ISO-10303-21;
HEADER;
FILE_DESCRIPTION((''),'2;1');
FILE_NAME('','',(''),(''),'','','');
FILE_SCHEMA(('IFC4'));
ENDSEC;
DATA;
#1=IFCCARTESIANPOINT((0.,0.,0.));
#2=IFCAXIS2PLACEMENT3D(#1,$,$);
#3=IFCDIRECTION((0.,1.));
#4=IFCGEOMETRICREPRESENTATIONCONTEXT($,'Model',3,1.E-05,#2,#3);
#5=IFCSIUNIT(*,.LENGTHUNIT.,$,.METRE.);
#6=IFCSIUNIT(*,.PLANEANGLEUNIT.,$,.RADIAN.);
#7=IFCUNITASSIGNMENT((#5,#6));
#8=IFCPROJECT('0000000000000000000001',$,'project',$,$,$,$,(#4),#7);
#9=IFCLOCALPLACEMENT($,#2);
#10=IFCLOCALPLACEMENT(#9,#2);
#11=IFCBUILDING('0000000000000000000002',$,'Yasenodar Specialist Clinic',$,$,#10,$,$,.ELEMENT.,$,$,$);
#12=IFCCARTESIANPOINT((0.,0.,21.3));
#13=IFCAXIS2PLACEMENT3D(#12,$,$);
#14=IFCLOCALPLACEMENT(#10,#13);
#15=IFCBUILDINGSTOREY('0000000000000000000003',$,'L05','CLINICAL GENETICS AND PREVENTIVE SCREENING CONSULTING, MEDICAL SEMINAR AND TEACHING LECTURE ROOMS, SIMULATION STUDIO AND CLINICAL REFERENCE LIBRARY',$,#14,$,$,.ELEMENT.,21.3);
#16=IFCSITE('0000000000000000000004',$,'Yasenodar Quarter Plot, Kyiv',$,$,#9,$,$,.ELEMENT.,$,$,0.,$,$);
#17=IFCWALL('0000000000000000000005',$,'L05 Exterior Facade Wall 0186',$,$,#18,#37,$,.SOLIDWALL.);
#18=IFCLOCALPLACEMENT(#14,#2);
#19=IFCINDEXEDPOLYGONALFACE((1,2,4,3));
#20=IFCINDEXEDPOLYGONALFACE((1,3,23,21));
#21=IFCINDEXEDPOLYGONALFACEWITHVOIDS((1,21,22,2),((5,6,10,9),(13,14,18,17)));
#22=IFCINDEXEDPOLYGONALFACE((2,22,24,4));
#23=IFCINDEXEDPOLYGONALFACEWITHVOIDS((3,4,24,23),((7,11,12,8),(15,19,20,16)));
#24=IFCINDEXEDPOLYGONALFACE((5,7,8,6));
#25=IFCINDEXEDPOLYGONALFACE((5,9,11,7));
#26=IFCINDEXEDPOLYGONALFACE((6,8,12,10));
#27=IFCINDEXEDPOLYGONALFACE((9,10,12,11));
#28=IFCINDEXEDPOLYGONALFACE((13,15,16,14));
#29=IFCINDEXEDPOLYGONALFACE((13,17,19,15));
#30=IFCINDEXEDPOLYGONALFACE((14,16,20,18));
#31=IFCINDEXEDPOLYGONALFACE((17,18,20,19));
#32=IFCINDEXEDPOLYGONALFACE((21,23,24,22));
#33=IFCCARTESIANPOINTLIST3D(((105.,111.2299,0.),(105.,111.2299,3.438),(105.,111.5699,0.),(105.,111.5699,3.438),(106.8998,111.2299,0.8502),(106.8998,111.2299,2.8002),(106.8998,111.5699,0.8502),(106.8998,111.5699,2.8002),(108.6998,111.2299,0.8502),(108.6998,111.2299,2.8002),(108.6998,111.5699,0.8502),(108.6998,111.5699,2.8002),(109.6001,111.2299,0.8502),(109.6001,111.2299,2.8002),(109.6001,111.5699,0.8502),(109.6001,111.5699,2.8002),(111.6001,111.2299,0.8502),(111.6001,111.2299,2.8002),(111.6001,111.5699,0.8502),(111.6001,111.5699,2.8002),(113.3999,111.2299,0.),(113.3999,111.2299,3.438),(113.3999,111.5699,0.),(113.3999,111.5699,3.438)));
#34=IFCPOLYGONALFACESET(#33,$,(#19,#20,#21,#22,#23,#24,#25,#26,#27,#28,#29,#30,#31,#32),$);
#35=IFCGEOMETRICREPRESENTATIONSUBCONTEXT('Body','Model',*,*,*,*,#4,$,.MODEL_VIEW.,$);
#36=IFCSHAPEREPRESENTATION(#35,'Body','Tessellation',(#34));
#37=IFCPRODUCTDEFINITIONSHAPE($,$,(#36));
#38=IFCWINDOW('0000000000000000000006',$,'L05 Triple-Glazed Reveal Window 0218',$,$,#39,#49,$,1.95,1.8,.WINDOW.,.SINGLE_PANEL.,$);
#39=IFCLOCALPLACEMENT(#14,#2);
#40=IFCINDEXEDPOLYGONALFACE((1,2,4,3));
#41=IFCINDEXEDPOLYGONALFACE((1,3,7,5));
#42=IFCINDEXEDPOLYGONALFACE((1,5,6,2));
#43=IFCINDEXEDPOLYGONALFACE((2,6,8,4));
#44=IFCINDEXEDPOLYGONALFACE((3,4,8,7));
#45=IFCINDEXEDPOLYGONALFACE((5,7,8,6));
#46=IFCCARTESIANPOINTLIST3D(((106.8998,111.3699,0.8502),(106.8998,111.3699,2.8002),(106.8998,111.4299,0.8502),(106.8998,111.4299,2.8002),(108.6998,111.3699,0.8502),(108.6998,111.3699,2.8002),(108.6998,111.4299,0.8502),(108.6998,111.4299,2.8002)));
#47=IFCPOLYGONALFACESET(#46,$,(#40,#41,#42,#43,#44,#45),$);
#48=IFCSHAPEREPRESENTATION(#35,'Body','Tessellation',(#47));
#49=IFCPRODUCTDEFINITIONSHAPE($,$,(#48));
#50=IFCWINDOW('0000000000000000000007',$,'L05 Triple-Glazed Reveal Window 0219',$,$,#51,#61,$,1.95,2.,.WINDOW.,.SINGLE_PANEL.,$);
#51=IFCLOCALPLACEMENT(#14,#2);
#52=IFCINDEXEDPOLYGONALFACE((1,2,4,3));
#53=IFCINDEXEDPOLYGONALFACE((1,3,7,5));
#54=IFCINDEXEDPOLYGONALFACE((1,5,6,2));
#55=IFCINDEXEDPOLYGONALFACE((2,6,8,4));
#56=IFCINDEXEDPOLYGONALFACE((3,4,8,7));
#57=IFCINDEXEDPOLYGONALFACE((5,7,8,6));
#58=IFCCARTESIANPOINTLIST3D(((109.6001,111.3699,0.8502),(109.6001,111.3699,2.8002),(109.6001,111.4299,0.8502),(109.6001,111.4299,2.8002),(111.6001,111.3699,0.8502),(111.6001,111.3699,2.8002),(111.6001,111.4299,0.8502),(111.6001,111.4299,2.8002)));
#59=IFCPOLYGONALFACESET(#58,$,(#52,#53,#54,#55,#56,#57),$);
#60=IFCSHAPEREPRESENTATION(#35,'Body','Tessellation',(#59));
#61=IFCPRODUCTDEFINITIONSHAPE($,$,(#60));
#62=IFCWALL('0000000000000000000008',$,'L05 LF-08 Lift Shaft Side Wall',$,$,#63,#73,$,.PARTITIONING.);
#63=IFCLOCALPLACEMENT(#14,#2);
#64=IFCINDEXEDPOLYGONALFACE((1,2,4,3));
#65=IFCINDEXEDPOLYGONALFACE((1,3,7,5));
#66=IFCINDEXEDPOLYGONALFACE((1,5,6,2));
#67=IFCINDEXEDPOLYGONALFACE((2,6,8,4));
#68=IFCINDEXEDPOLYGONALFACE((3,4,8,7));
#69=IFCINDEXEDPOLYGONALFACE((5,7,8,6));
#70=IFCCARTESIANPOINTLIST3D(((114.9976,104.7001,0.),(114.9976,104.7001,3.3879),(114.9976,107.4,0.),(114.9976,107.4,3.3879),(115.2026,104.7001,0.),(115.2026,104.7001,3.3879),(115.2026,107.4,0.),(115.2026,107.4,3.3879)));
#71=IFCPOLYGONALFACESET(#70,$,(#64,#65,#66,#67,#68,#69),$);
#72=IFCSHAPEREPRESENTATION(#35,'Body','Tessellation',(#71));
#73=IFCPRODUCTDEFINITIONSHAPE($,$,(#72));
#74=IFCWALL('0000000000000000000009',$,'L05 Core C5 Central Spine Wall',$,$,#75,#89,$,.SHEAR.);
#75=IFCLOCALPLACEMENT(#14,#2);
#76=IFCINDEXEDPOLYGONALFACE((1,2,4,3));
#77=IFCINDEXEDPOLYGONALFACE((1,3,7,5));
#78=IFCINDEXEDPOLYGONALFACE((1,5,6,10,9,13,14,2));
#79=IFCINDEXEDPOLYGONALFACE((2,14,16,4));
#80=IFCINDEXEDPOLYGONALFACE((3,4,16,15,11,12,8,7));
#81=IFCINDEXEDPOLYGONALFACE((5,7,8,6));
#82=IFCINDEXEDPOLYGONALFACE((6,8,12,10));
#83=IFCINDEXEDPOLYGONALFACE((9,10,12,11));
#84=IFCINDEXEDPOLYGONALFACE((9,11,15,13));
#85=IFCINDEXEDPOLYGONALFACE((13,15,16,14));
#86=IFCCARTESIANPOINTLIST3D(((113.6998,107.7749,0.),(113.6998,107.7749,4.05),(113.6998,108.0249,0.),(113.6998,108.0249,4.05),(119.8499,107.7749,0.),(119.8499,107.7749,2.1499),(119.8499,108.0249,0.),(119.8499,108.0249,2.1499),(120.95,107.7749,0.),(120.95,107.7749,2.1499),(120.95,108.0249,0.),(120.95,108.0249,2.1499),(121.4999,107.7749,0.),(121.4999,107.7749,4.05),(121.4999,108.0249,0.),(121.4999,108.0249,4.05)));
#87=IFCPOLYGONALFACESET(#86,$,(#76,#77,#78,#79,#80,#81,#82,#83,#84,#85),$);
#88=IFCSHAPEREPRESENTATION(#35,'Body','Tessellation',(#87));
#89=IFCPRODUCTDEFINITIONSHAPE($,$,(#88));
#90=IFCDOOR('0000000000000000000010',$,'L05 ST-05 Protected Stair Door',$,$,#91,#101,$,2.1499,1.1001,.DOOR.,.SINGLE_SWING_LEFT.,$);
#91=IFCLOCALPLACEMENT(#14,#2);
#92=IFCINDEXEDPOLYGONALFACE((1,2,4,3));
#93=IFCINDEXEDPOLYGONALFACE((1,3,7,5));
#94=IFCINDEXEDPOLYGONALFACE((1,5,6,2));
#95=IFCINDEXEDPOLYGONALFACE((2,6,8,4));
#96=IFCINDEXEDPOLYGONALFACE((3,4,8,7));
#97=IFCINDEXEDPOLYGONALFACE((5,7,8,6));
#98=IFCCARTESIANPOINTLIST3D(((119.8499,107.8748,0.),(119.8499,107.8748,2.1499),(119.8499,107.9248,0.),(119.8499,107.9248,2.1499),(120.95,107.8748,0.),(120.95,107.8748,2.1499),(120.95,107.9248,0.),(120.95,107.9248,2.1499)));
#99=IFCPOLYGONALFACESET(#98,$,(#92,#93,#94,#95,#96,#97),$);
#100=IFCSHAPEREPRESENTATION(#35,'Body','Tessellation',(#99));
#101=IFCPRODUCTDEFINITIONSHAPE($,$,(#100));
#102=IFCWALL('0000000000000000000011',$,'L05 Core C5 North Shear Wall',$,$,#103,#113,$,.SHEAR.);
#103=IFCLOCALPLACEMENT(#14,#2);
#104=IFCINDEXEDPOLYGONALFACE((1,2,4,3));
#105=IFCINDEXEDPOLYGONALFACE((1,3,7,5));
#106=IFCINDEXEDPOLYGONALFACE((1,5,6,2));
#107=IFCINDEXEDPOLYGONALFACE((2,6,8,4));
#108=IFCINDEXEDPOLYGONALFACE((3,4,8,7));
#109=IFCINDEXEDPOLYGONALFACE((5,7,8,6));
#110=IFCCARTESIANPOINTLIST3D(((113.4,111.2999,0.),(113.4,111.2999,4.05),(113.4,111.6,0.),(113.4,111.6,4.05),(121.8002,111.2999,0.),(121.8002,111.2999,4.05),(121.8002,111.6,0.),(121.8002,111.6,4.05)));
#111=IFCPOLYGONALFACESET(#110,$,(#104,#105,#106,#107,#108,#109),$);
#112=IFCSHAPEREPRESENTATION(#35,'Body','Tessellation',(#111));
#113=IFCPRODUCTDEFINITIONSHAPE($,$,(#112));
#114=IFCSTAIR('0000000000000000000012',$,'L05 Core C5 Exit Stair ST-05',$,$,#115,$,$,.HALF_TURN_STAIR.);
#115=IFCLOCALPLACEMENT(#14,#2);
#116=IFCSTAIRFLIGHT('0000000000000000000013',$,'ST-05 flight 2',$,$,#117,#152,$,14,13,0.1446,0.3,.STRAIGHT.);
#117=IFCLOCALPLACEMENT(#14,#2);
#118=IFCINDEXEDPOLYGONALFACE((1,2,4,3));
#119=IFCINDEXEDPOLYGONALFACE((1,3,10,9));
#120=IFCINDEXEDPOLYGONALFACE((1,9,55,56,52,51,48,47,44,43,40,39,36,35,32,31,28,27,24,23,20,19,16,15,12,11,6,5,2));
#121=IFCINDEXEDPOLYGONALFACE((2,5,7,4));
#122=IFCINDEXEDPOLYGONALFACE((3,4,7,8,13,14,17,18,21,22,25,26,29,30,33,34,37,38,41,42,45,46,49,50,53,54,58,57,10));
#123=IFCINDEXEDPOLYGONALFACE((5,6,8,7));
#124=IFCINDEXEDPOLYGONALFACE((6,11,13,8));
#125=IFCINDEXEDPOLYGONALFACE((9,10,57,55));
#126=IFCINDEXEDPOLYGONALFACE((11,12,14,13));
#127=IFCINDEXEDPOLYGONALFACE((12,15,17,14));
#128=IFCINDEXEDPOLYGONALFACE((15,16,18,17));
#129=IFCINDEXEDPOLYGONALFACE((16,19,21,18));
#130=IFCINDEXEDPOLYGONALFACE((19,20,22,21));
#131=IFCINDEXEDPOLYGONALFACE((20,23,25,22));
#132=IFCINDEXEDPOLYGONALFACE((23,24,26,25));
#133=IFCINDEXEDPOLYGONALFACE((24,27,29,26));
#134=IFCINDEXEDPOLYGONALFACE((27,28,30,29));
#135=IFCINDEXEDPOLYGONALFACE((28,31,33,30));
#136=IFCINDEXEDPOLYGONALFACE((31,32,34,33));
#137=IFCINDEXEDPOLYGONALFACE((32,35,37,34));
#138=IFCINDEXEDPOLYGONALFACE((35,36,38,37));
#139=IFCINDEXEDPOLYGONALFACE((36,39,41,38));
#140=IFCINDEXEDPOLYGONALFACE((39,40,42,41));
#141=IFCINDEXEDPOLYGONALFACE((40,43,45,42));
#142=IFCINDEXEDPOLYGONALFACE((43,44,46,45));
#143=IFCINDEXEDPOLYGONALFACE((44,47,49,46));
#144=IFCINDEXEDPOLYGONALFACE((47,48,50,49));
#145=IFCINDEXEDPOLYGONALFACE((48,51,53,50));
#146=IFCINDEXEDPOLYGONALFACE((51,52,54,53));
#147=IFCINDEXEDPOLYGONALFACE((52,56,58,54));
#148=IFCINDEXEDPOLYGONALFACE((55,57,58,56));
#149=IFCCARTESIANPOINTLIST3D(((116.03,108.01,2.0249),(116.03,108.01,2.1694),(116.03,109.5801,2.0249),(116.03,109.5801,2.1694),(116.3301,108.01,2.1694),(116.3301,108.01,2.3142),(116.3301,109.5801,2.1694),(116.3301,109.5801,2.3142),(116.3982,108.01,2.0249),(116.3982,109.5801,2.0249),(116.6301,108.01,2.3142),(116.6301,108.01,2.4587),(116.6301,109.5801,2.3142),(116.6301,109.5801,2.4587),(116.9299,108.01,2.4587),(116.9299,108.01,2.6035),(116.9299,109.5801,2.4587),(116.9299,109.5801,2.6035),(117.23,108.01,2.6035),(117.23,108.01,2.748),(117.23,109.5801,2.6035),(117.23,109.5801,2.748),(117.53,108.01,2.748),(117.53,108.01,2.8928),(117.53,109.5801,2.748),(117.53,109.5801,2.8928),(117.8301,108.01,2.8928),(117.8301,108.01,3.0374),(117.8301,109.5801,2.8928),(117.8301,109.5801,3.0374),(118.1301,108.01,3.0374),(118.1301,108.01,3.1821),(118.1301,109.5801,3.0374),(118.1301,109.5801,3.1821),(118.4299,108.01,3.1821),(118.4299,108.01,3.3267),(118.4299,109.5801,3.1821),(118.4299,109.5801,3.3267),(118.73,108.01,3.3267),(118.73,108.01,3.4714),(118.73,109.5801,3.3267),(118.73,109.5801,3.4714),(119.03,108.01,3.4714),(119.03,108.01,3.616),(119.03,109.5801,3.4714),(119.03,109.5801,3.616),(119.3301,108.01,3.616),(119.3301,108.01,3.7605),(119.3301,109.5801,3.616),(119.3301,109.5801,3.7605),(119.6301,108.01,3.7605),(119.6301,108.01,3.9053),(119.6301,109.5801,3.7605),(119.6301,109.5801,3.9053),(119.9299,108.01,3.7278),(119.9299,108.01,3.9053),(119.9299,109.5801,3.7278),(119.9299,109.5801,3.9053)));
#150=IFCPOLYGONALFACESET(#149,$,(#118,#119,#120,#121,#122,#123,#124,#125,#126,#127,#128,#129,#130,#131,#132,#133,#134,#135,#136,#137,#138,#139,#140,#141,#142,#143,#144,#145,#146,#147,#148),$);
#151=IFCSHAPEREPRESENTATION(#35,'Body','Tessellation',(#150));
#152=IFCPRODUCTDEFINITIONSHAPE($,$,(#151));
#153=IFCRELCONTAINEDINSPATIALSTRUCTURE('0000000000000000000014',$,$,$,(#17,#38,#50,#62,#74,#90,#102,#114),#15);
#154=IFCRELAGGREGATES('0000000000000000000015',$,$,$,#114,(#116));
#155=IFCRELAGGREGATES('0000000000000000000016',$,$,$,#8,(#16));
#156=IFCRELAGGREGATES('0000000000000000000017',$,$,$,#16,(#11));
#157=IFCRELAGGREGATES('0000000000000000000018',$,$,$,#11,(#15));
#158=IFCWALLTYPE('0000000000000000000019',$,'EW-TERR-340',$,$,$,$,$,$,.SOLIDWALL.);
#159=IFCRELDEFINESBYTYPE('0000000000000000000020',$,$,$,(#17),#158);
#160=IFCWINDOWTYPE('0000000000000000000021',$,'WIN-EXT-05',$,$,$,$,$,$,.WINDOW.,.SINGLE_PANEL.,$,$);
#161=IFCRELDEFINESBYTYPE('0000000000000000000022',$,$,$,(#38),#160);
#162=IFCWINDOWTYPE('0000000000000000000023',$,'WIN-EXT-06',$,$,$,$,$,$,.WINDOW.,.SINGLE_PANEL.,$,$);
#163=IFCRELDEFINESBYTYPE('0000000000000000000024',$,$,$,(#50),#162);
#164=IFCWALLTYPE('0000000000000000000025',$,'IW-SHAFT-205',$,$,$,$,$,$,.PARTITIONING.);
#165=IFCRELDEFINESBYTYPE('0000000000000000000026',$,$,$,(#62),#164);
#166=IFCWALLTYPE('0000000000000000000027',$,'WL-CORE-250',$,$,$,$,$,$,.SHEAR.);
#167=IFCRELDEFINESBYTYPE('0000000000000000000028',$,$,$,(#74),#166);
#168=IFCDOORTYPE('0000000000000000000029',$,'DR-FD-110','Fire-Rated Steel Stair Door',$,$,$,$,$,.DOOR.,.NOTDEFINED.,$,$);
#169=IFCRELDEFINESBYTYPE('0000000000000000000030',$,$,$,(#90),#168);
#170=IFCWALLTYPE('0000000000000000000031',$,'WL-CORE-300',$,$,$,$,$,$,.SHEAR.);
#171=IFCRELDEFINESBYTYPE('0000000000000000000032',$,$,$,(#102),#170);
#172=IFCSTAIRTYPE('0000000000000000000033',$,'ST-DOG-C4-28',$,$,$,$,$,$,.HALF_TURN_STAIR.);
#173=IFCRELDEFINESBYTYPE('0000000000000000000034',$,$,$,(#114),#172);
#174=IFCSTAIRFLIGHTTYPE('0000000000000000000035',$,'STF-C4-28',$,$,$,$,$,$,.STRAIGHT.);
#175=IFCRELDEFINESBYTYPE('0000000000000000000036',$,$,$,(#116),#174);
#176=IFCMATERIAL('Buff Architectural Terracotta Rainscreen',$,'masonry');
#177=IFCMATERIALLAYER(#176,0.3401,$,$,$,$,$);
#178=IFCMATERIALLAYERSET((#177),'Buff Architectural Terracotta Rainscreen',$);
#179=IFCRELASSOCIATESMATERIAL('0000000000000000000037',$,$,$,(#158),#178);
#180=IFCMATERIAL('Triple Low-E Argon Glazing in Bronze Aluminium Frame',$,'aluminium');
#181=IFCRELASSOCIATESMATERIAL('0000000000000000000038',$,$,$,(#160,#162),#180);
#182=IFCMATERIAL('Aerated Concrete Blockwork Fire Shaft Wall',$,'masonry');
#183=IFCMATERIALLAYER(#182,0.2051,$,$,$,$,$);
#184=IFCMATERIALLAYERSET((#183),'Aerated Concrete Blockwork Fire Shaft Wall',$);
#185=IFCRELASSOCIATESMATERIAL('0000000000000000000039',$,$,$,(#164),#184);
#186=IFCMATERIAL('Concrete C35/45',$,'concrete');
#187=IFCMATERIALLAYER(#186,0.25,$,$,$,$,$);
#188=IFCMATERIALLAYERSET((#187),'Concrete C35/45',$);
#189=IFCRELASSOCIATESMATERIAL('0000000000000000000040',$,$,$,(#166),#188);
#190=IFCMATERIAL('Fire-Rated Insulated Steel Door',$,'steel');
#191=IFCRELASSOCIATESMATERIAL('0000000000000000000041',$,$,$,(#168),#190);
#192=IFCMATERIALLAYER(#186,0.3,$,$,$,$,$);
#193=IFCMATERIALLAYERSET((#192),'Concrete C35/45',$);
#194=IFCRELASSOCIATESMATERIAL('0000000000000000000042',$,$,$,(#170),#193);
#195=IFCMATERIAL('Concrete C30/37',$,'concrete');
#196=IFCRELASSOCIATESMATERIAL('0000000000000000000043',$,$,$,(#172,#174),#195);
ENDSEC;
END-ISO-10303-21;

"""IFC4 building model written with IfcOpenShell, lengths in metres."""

from ifc_helpers import new_model, si_unit, direction, frame, frame_2d, origin, place, context, subcontext, project, spatial, polyline, rectangle, outline, extrude, material, layer, layer_set, type_object, element, fill, aggregate, save


model = new_model("IFC4")

# Units and contexts
model_context = context("Model", 3, precision=1e-05, world=origin(), true_north=direction((0.0, 1.0)))
body_context = subcontext(model_context, "Body", "Model", "MODEL_VIEW")
ifc_project = project(units=[si_unit("LENGTHUNIT", "METRE"), si_unit("PLANEANGLEUNIT", "RADIAN")], contexts=[model_context])

# Site, building, storey
site_placement = place(None, origin())
site = spatial("IfcSite", under=ifc_project, at=site_placement, Name="Yasenodar Quarter Plot, Kyiv", CompositionType="ELEMENT", RefElevation=0.0)
building_placement = place(site_placement, origin())
building = spatial("IfcBuilding", under=site, at=building_placement, Name="Yasenodar Specialist Clinic", CompositionType="ELEMENT")
storey_placement = place(building_placement, frame((0.0, 0.0, 21.3)))
storey = spatial("IfcBuildingStorey", under=building, at=storey_placement, Name="L05", Description="CLINICAL GENETICS AND PREVENTIVE SCREENING CONSULTING, MEDICAL SEMINAR AND TEACHING LECTURE ROOMS, SIMULATION STUDIO AND CLINICAL REFERENCE LIBRARY", CompositionType="ELEMENT", Elevation=21.3)

# Wall, openings, windows
ifc_material_1 = material(Name="Buff Architectural Terracotta Rainscreen", Category="masonry")
ifc_layer_1 = layer(ifc_material_1, 0.3401)
ifc_layer_set_1 = layer_set([ifc_layer_1], Name="Buff Architectural Terracotta Rainscreen")
wall_type_1 = type_object("IfcWallType", Name="EW-TERR-340", PredefinedType="SOLIDWALL", material=ifc_layer_set_1)
wall_1_placement = place(storey_placement, frame((105.0, 111.3999, 0.0), z_axis=(0.0, 0.0, 1.0), x_axis=(1.0, 0.0, 0.0)))
wall_1 = element("IfcWall", 1, at=wall_1_placement, inside=storey, type_object=wall_type_1, Name="L05 Exterior Facade Wall 0186", PredefinedType="SOLIDWALL", context=body_context, shape_type="SweptSolid", body=[
    extrude(rectangle(XDim=8.3999, YDim=0.3401, at=frame_2d((4.2, 0.0))), origin(), (0.0, 0.0, 1.0), 3.438),
])
opening_1_placement = place(wall_1_placement, frame((1.8999, 0.0, 0.8501)))
opening_1 = element("IfcOpeningElement", 2, at=opening_1_placement, cuts=wall_1, PredefinedType="OPENING", context=body_context, shape_type="SweptSolid", body=[
    extrude(rectangle(XDim=1.8, YDim=1.95, at=frame_2d((0.8999, 0.9751))), frame((0.0, 0.1802, 0.0), z_axis=(0.0, -1.0, 0.0), x_axis=(1.0, 0.0, 0.0)), (0.0, 0.0, 1.0), 0.3601),
])
opening_2_placement = place(wall_1_placement, frame((4.6001, 0.0, 0.8501)))
opening_2 = element("IfcOpeningElement", 3, at=opening_2_placement, cuts=wall_1, PredefinedType="OPENING", context=body_context, shape_type="SweptSolid", body=[
    extrude(rectangle(XDim=2.0, YDim=1.95, at=frame_2d((1.0, 0.9751))), frame((0.0, 0.1802, 0.0), z_axis=(0.0, -1.0, 0.0), x_axis=(1.0, 0.0, 0.0)), (0.0, 0.0, 1.0), 0.3601),
])
ifc_material_2 = material(Name="Triple Low-E Argon Glazing in Bronze Aluminium Frame", Category="aluminium")
window_type_1 = type_object("IfcWindowType", Name="WIN-EXT-05", PartitioningType="SINGLE_PANEL", PredefinedType="WINDOW", material=ifc_material_2)
window_1_placement = place(opening_1_placement, origin())
window_1 = element("IfcWindow", 4, at=window_1_placement, inside=storey, type_object=window_type_1, Name="L05 Triple-Glazed Reveal Window 0218", OverallHeight=1.95, OverallWidth=1.8, PartitioningType="SINGLE_PANEL", PredefinedType="WINDOW", context=body_context, shape_type="SweptSolid", body=[
    extrude(rectangle(XDim=1.8, YDim=1.95, at=frame_2d((0.8999, 0.9751))), frame((0.0, 0.03, 0.0), z_axis=(0.0, -1.0, 0.0), x_axis=(1.0, 0.0, 0.0)), (0.0, 0.0, 1.0), 0.0601),
])
fill(opening_1, window_1)
window_type_2 = type_object("IfcWindowType", Name="WIN-EXT-06", PartitioningType="SINGLE_PANEL", PredefinedType="WINDOW", material=ifc_material_2)
window_2_placement = place(opening_2_placement, origin())
window_2 = element("IfcWindow", 5, at=window_2_placement, inside=storey, type_object=window_type_2, Name="L05 Triple-Glazed Reveal Window 0219", OverallHeight=1.95, OverallWidth=2.0, PartitioningType="SINGLE_PANEL", PredefinedType="WINDOW", context=body_context, shape_type="SweptSolid", body=[
    extrude(rectangle(XDim=2.0, YDim=1.95, at=frame_2d((1.0, 0.9751))), frame((0.0, 0.03, 0.0), z_axis=(0.0, -1.0, 0.0), x_axis=(1.0, 0.0, 0.0)), (0.0, 0.0, 1.0), 0.0601),
])
fill(opening_2, window_2)

# Wall
ifc_material_3 = material(Name="Aerated Concrete Blockwork Fire Shaft Wall", Category="masonry")
ifc_layer_2 = layer(ifc_material_3, 0.2051)
ifc_layer_set_2 = layer_set([ifc_layer_2], Name="Aerated Concrete Blockwork Fire Shaft Wall")
wall_type_2 = type_object("IfcWallType", Name="IW-SHAFT-205", PredefinedType="PARTITIONING", material=ifc_layer_set_2)
wall_2_placement = place(storey_placement, frame((115.1001, 104.7, 0.0), z_axis=(0.0, 0.0, 1.0), x_axis=(0.0, 1.0, 0.0)))
element("IfcWall", 6, at=wall_2_placement, inside=storey, type_object=wall_type_2, Name="L05 LF-08 Lift Shaft Side Wall", PredefinedType="PARTITIONING", context=body_context, shape_type="SweptSolid", body=[
    extrude(rectangle(XDim=2.7, YDim=0.2051, at=frame_2d((1.3501, 0.0))), origin(), (0.0, 0.0, 1.0), 3.3879),
])

# Wall, opening, door
ifc_material_4 = material(Name="Concrete C35/45", Category="concrete")
ifc_layer_3 = layer(ifc_material_4, 0.25)
ifc_layer_set_3 = layer_set([ifc_layer_3], Name="Concrete C35/45")
wall_type_3 = type_object("IfcWallType", Name="WL-CORE-250", PredefinedType="SHEAR", material=ifc_layer_set_3)
wall_3_placement = place(storey_placement, frame((113.7, 107.8999, 0.0), z_axis=(0.0, 0.0, 1.0), x_axis=(1.0, 0.0, 0.0)))
wall_3 = element("IfcWall", 7, at=wall_3_placement, inside=storey, type_object=wall_type_3, Name="L05 Core C5 Central Spine Wall", PredefinedType="SHEAR", context=body_context, shape_type="SweptSolid", body=[
    extrude(rectangle(XDim=7.8, YDim=0.25, at=frame_2d((3.8999, 0.0))), origin(), (0.0, 0.0, 1.0), 4.05),
])
opening_3_placement = place(wall_3_placement, frame((6.1499, 0.0, 0.0)))
opening_3 = element("IfcOpeningElement", 8, at=opening_3_placement, cuts=wall_3, PredefinedType="OPENING", context=body_context, shape_type="SweptSolid", body=[
    extrude(rectangle(XDim=1.1001, YDim=2.1499, at=frame_2d((0.55, 1.075))), frame((0.0, 0.135, 0.0), z_axis=(0.0, -1.0, 0.0), x_axis=(1.0, 0.0, 0.0)), (0.0, 0.0, 1.0), 0.27),
])
ifc_material_5 = material(Name="Fire-Rated Insulated Steel Door", Category="steel")
door_type = type_object("IfcDoorType", Name="DR-FD-110", Description="Fire-Rated Steel Stair Door", OperationType="NOTDEFINED", PredefinedType="DOOR", material=ifc_material_5)
door_placement = place(opening_3_placement, origin())
door = element("IfcDoor", 9, at=door_placement, inside=storey, type_object=door_type, Name="L05 ST-05 Protected Stair Door", OperationType="SINGLE_SWING_LEFT", OverallHeight=2.1499, OverallWidth=1.1001, PredefinedType="DOOR", context=body_context, shape_type="SweptSolid", body=[
    extrude(rectangle(XDim=1.1001, YDim=2.1499, at=frame_2d((0.55, 1.075))), frame((0.0, 0.0249, 0.0), z_axis=(0.0, -1.0, 0.0), x_axis=(1.0, 0.0, 0.0)), (0.0, 0.0, 1.0), 0.05),
])
fill(opening_3, door)

# Wall
ifc_layer_4 = layer(ifc_material_4, 0.3)
ifc_layer_set_4 = layer_set([ifc_layer_4], Name="Concrete C35/45")
wall_type_4 = type_object("IfcWallType", Name="WL-CORE-300", PredefinedType="SHEAR", material=ifc_layer_set_4)
wall_4_placement = place(storey_placement, frame((113.3999, 111.45, 0.0), z_axis=(0.0, 0.0, 1.0), x_axis=(1.0, 0.0, 0.0)))
element("IfcWall", 10, at=wall_4_placement, inside=storey, type_object=wall_type_4, Name="L05 Core C5 North Shear Wall", PredefinedType="SHEAR", context=body_context, shape_type="SweptSolid", body=[
    extrude(rectangle(XDim=8.4001, YDim=0.3, at=frame_2d((4.2002, 0.0))), origin(), (0.0, 0.0, 1.0), 4.05),
])

# Stair, stair flight
ifc_material_6 = material(Name="Concrete C30/37", Category="concrete")
stair_type = type_object("IfcStairType", Name="ST-DOG-C4-28", PredefinedType="HALF_TURN_STAIR", material=ifc_material_6)
stair_placement = place(storey_placement, origin())
stair = element("IfcStair", 11, at=stair_placement, inside=storey, type_object=stair_type, Name="L05 Core C5 Exit Stair ST-05", PredefinedType="HALF_TURN_STAIR")
stair_flight_type = type_object("IfcStairFlightType", Name="STF-C4-28", PredefinedType="STRAIGHT", material=ifc_material_6)
stair_flight_placement = place(storey_placement, frame((116.03, 108.7949, 2.0249), z_axis=(0.0, 0.0, 1.0), x_axis=(1.0, 0.0, 0.0)))
stair_flight = element("IfcStairFlight", 12, at=stair_flight_placement, type_object=stair_flight_type, Name="ST-05 flight 2", NumberOfRisers=14, NumberOfTreads=13, PredefinedType="STRAIGHT", RiserHeight=0.1446, TreadLength=0.3, context=body_context, shape_type="SweptSolid", body=[
    extrude(outline(polyline([(0.0, 0.0), (0.0, 0.1445), (0.3, 0.1445), (0.3, 0.2893), (0.6001, 0.2893), (0.6001, 0.4338), (0.8999, 0.4338), (0.8999, 0.5786), (1.2, 0.5786), (1.2, 0.7231), (1.5, 0.7231), (1.5, 0.8679), (1.8, 0.8679), (1.8, 1.0125), (2.1001, 1.0125), (2.1001, 1.1572), (2.3999, 1.1572), (2.3999, 1.3018), (2.7, 1.3018), (2.7, 1.4465), (3.0, 1.4465), (3.0, 1.5911), (3.3, 1.5911), (3.3, 1.7356), (3.6001, 1.7356), (3.6001, 1.8804), (3.8999, 1.8804), (3.8999, 2.0249), (3.8999, 1.7029), (0.3682, 0.0), (0.0, 0.0)])), frame((0.0, 0.7852, 0.0), z_axis=(0.0, -1.0, 0.0), x_axis=(1.0, 0.0, 0.0)), (0.0, 0.0, 1.0), 1.5701),
])
aggregate(stair, [stair_flight])

save(model, "model.ifc")
